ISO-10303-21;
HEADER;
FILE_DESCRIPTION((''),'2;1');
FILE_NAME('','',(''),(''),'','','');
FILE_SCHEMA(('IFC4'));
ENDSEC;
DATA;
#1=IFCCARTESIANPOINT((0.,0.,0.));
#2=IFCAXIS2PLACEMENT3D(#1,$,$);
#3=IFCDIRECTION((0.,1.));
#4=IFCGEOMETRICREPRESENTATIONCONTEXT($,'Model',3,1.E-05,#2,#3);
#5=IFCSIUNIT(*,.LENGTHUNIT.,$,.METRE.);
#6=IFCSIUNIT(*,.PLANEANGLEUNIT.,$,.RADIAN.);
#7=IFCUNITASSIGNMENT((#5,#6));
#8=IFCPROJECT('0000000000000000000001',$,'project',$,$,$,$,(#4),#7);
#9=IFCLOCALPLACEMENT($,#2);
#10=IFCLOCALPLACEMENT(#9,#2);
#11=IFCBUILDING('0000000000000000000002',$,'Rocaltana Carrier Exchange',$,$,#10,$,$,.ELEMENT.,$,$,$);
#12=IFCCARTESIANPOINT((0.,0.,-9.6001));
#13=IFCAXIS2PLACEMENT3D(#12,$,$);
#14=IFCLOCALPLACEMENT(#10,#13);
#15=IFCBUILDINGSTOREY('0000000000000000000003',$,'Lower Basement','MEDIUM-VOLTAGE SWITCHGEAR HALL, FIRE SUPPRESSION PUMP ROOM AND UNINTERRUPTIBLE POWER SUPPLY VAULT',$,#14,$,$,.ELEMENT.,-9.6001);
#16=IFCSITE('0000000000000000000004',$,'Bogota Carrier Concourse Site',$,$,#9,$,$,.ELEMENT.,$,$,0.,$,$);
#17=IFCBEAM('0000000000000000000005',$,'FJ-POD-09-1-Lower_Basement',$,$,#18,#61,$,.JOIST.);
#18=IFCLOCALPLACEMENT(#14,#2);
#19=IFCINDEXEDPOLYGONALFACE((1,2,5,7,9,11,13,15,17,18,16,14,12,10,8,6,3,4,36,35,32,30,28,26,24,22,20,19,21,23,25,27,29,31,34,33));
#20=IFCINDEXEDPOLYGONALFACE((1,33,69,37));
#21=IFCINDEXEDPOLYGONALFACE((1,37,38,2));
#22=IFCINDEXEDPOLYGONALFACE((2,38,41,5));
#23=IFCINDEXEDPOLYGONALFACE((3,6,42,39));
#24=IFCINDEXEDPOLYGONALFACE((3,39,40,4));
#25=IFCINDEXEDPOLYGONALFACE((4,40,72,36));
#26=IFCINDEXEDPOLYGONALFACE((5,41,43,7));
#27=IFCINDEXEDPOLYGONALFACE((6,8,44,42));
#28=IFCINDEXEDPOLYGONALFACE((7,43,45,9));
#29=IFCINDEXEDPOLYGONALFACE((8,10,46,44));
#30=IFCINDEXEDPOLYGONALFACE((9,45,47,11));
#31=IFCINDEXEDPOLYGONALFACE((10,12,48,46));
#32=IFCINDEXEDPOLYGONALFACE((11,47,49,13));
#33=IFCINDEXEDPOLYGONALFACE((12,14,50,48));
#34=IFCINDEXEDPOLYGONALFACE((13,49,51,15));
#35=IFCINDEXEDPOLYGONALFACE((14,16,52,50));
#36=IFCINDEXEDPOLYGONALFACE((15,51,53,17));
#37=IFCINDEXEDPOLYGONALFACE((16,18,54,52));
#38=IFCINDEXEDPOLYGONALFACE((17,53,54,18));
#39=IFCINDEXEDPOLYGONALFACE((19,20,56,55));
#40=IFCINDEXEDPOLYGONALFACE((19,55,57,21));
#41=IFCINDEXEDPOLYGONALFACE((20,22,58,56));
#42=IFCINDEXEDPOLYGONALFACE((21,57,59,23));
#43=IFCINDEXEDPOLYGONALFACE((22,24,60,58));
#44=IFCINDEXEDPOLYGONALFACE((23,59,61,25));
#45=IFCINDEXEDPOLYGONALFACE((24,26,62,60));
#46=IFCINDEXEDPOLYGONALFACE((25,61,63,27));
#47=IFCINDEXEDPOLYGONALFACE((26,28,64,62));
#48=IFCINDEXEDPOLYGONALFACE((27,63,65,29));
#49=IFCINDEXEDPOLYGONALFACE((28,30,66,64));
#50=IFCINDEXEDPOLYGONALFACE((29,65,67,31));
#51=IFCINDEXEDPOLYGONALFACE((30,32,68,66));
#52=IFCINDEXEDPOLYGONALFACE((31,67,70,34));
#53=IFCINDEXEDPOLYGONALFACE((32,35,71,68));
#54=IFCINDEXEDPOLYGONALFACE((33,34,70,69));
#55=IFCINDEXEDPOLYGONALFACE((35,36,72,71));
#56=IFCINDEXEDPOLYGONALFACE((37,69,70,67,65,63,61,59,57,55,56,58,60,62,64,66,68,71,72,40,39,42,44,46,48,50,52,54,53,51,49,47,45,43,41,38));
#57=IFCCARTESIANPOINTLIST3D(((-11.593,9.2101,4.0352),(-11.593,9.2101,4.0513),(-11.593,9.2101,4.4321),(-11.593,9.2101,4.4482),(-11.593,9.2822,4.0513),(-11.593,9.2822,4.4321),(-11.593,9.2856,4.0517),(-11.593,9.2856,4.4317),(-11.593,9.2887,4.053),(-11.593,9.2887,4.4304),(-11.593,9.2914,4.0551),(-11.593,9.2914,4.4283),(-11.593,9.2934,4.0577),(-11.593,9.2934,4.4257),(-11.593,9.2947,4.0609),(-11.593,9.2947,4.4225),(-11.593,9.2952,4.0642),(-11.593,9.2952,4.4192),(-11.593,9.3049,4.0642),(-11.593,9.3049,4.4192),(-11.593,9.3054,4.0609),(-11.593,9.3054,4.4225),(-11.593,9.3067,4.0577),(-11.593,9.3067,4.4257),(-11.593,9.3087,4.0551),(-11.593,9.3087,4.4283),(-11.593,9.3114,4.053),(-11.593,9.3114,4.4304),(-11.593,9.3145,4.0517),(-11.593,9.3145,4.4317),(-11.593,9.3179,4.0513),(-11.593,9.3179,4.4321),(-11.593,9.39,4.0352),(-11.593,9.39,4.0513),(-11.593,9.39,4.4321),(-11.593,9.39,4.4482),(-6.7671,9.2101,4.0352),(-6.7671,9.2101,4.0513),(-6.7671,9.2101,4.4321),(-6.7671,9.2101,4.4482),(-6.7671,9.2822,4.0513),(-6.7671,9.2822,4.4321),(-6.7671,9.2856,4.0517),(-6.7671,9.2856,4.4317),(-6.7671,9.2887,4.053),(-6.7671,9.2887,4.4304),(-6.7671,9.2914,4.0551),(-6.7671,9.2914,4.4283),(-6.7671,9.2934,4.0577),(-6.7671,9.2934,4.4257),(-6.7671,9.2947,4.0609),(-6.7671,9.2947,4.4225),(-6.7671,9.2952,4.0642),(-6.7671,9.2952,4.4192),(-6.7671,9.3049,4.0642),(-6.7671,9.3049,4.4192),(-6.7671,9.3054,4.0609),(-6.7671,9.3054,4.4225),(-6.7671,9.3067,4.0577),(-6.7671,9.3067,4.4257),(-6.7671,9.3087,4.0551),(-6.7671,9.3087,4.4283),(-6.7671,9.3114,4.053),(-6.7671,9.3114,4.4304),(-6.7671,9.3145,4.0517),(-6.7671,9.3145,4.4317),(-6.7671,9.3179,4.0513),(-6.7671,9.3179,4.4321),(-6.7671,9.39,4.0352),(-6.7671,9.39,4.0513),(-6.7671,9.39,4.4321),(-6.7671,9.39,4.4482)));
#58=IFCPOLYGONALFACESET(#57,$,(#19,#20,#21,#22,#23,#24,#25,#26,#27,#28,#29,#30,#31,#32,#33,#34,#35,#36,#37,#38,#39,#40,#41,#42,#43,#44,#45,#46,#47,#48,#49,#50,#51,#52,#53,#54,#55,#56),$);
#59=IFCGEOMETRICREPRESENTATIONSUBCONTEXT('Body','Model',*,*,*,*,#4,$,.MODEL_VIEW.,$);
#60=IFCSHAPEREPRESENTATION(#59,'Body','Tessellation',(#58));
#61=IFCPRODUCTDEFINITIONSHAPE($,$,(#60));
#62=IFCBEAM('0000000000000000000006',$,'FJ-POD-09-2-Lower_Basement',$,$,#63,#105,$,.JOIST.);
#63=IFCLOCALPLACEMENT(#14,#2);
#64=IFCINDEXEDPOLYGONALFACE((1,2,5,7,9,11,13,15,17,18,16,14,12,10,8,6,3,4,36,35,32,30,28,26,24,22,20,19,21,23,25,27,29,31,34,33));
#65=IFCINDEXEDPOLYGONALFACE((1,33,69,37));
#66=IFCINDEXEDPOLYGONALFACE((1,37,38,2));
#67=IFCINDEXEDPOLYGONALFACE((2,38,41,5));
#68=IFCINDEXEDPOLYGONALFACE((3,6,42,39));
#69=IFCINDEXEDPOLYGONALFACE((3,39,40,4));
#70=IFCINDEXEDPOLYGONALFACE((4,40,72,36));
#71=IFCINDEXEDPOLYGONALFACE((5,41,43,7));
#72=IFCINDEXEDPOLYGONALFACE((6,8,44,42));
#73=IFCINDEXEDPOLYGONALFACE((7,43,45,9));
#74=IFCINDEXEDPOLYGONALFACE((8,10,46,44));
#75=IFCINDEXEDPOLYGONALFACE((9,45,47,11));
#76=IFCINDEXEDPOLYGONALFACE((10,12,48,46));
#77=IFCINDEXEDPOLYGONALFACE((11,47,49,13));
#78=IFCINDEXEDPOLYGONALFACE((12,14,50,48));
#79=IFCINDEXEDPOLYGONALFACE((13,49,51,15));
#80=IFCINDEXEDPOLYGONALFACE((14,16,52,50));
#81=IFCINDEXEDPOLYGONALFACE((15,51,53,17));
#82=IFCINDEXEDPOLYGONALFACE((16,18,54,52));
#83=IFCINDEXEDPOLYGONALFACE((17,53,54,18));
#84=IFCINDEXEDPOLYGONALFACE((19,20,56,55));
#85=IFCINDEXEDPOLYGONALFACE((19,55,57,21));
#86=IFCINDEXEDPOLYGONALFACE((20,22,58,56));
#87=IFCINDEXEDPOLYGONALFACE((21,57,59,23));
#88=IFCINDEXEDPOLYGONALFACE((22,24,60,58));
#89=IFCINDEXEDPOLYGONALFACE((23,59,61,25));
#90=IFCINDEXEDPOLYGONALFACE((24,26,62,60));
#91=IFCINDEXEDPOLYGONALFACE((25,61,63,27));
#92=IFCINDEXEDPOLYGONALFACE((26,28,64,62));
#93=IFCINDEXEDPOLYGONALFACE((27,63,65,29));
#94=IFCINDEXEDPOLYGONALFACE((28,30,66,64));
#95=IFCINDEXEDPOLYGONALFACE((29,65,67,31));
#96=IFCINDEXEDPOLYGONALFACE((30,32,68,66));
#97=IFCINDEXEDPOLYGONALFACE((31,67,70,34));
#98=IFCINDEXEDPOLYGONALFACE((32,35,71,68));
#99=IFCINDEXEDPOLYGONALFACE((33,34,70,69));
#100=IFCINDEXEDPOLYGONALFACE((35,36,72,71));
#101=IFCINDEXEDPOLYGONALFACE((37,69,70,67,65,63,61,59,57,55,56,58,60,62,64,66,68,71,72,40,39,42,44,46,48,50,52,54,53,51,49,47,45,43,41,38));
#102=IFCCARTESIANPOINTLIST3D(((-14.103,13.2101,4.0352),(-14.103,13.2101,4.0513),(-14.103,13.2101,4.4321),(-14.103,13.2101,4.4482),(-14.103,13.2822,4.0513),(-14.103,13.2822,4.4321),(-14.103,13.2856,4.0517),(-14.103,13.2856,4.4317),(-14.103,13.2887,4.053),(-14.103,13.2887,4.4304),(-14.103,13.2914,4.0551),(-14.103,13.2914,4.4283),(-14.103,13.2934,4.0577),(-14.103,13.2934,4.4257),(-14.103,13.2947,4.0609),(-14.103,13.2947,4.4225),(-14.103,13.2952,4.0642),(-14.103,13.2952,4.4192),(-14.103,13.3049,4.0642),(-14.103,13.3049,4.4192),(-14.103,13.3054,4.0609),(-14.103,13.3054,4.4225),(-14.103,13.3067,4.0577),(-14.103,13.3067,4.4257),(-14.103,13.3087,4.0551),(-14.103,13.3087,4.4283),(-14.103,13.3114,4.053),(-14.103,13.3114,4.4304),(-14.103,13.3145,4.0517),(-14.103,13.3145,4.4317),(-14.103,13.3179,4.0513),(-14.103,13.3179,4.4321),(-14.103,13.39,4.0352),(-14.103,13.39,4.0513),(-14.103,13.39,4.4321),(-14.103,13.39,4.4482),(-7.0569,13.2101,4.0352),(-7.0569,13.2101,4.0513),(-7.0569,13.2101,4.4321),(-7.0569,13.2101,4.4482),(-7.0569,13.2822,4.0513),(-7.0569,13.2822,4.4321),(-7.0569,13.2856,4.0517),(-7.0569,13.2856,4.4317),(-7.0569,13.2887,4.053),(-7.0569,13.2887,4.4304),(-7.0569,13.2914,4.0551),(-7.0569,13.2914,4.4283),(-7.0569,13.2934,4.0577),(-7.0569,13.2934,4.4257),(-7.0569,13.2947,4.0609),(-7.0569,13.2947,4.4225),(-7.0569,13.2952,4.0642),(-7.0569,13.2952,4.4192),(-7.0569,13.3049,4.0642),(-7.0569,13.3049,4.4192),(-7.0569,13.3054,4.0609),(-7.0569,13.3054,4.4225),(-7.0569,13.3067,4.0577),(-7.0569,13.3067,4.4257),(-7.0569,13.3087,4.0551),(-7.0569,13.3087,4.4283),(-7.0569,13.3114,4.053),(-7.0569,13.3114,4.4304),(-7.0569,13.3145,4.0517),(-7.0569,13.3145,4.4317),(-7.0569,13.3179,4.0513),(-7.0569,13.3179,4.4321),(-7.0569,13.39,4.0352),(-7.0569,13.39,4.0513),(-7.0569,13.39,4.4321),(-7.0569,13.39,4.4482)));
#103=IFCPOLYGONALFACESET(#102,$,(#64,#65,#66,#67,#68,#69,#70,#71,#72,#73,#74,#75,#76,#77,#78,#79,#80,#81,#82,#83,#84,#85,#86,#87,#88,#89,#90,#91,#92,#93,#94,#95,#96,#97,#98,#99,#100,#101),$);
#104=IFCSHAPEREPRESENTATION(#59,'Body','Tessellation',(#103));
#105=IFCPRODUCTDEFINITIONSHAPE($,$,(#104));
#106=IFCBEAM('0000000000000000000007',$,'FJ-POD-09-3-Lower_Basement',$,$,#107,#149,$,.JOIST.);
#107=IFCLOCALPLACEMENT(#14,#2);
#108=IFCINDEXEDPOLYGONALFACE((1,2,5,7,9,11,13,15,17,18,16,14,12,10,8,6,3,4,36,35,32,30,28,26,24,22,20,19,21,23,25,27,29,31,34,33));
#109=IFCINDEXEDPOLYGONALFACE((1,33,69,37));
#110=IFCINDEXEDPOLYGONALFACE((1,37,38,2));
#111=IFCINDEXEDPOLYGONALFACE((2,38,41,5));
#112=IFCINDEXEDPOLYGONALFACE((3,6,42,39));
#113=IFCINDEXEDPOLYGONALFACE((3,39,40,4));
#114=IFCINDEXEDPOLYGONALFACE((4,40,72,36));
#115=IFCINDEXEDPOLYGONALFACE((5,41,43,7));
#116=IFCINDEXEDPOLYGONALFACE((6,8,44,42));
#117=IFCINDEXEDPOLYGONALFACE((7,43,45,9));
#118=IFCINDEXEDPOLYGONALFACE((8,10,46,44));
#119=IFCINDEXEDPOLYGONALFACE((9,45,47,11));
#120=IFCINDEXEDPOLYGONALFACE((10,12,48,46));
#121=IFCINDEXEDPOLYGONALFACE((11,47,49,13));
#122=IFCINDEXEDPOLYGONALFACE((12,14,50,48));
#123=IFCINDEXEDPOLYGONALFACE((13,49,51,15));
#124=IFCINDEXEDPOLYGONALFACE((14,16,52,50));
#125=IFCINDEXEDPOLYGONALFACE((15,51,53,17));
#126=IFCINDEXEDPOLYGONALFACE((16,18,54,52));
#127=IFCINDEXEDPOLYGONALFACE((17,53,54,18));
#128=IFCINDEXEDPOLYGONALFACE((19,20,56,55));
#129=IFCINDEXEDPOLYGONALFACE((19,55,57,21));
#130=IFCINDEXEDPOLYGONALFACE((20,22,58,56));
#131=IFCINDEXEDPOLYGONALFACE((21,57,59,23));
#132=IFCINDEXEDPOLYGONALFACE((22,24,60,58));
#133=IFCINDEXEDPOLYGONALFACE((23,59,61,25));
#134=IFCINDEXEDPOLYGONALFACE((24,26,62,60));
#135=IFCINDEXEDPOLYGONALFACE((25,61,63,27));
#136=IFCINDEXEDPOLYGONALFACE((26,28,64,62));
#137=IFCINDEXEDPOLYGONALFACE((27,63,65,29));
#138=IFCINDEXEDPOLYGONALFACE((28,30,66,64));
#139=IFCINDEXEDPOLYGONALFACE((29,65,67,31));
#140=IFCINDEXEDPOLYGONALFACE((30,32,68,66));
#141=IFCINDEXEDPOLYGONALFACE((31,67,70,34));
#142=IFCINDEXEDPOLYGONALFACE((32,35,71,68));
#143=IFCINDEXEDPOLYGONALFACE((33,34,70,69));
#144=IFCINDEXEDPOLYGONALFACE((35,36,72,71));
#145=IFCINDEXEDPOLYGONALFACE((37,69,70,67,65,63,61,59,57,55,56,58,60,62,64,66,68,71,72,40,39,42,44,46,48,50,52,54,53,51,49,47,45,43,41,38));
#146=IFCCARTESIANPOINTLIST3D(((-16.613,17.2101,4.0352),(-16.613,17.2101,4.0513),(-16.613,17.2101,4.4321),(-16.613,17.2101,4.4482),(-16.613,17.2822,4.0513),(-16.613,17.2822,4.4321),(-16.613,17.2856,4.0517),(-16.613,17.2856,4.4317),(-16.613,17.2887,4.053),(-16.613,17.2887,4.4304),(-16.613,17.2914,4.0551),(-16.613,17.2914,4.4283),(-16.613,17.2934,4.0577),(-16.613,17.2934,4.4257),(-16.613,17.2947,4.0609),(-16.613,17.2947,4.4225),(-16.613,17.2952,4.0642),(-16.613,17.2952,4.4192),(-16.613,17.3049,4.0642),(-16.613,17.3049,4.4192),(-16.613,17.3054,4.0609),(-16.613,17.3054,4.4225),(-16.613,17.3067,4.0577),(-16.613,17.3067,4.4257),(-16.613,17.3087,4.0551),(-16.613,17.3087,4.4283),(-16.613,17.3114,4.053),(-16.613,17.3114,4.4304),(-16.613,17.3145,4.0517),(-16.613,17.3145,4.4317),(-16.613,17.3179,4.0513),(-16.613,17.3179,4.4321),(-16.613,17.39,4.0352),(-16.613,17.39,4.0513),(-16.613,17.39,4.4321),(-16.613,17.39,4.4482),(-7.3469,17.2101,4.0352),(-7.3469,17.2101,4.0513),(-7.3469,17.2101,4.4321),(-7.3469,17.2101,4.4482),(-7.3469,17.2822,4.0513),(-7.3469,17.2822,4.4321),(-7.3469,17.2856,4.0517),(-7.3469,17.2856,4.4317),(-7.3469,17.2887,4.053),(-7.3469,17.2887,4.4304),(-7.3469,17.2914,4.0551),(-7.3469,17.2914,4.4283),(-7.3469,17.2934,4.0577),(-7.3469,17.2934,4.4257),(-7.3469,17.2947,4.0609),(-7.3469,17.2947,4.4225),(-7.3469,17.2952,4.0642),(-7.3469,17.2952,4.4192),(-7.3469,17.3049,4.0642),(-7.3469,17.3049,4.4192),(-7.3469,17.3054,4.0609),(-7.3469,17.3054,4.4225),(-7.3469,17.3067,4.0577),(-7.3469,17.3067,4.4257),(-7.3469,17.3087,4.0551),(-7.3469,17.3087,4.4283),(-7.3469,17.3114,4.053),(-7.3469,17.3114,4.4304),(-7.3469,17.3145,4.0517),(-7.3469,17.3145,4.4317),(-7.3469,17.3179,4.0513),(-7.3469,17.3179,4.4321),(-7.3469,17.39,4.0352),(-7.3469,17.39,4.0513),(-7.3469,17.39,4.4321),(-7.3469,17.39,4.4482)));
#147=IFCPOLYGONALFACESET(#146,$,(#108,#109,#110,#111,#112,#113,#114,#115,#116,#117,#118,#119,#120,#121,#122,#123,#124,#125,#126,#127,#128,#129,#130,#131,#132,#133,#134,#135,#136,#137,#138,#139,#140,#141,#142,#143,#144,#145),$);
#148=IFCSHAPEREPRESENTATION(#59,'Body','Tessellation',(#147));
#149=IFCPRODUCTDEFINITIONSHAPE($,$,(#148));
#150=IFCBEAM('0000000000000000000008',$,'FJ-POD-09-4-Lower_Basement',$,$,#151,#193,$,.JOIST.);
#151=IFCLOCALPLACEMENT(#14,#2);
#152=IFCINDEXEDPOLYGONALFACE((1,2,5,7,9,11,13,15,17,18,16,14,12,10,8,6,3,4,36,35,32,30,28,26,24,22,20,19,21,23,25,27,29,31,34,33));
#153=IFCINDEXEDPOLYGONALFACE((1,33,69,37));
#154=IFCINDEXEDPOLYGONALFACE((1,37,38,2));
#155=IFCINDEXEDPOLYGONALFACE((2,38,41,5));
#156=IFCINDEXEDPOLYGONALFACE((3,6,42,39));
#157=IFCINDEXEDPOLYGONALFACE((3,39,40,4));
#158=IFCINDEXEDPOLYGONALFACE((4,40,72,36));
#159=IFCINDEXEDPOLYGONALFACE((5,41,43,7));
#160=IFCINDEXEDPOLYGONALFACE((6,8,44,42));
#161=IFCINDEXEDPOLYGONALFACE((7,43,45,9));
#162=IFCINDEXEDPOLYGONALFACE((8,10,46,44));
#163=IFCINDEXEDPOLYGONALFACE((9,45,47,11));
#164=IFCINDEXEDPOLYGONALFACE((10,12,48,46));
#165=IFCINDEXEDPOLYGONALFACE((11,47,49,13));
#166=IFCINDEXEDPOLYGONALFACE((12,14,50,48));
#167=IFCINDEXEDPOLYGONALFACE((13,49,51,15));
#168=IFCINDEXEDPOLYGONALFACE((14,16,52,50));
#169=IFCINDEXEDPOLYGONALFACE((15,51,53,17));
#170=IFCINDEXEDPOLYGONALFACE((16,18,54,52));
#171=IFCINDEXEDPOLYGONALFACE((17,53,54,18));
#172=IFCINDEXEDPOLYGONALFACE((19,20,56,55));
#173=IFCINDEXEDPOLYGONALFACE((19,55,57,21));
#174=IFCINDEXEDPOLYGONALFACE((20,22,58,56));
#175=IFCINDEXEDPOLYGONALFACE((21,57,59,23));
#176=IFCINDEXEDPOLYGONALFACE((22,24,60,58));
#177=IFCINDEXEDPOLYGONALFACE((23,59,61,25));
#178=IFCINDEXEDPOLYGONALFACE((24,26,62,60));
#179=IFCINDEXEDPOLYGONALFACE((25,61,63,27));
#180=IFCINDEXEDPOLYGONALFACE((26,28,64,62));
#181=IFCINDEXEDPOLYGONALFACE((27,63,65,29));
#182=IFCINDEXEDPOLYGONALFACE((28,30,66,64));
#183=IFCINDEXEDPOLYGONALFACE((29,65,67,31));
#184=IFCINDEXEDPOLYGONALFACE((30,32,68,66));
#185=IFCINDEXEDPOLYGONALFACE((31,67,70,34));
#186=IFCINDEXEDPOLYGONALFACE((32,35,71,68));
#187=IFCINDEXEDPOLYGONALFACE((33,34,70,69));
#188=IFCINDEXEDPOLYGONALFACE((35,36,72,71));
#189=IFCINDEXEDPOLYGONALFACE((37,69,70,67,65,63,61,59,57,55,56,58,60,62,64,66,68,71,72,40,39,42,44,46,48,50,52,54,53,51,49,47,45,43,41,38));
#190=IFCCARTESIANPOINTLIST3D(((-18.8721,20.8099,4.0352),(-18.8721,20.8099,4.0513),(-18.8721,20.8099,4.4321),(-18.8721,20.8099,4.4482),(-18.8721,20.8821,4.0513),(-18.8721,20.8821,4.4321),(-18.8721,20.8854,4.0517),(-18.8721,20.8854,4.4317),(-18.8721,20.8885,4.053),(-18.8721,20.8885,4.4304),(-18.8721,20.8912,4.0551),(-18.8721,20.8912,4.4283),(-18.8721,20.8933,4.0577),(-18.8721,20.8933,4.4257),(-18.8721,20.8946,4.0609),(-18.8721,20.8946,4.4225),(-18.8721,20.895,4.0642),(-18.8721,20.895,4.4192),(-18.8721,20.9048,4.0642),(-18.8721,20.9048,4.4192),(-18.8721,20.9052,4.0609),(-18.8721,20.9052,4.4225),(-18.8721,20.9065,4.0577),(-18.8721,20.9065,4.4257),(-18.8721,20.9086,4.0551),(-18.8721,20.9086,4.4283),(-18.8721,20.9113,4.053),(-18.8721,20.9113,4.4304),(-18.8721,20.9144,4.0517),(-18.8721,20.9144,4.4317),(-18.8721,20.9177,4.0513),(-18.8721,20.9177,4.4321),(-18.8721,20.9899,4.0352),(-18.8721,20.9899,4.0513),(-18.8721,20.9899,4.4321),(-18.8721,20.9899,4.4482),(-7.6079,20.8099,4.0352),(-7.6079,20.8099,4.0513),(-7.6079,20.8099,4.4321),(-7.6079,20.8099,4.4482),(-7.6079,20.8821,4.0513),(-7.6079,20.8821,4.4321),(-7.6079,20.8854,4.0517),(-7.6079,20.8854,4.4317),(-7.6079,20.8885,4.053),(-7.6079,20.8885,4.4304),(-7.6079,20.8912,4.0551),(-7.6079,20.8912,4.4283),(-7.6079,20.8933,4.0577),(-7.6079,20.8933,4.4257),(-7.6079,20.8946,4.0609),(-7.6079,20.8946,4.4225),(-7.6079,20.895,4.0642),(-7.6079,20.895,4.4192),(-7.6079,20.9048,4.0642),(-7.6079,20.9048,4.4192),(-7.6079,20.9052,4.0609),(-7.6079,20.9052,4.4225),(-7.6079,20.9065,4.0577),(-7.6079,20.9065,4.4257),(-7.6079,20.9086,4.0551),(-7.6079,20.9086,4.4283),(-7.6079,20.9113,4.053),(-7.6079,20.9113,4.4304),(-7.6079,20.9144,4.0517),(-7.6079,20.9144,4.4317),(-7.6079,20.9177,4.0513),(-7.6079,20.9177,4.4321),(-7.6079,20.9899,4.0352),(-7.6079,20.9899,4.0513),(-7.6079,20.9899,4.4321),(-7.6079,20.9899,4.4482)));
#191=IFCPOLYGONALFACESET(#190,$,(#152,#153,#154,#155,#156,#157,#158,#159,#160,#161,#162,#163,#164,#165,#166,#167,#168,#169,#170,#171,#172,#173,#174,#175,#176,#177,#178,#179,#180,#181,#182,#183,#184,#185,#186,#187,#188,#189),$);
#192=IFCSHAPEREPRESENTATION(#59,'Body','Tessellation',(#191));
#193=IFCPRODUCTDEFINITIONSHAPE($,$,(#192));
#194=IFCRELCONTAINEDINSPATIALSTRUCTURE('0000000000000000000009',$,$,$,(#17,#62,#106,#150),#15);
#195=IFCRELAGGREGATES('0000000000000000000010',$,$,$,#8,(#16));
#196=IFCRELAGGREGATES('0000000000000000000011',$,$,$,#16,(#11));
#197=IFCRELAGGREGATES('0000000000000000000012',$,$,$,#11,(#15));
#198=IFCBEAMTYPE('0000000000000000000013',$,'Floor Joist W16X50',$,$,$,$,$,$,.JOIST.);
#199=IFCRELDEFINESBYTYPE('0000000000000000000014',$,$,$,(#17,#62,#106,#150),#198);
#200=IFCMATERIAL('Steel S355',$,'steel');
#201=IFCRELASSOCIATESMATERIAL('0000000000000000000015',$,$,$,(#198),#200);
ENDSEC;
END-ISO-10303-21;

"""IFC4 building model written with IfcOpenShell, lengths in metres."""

from ifc_helpers import new_model, si_unit, direction, frame, origin, origin_2d, place, context, subcontext, project, spatial, i_section, extrude, material, material_profile, profile_set, type_object, element, save


model = new_model("IFC4")

# Units and contexts
model_context = context("Model", 3, precision=1e-05, world=origin(), true_north=direction((0.0, 1.0)))
body_context = subcontext(model_context, "Body", "Model", "MODEL_VIEW")
ifc_project = project(units=[si_unit("LENGTHUNIT", "METRE"), si_unit("PLANEANGLEUNIT", "RADIAN")], contexts=[model_context])

# Site, building, storey
site_placement = place(None, origin())
site = spatial("IfcSite", under=ifc_project, at=site_placement, Name="Bogota Carrier Concourse Site", CompositionType="ELEMENT", RefElevation=0.0)
building_placement = place(site_placement, origin())
building = spatial("IfcBuilding", under=site, at=building_placement, Name="Rocaltana Carrier Exchange", CompositionType="ELEMENT")
storey_placement = place(building_placement, frame((0.0, 0.0, -9.6001)))
storey = spatial("IfcBuildingStorey", under=building, at=storey_placement, Name="Lower Basement", Description="MEDIUM-VOLTAGE SWITCHGEAR HALL, FIRE SUPPRESSION PUMP ROOM AND UNINTERRUPTIBLE POWER SUPPLY VAULT", CompositionType="ELEMENT", Elevation=-9.6001)

# Beams
ifc_material_1 = material(Name="Steel S355", Category="steel")
ifc_material_profile_1 = material_profile(ifc_material_1, i_section(OverallWidth=0.1799, OverallDepth=0.4131, WebThickness=0.0098, FlangeThickness=0.0161, FilletRadius=0.0129, at=origin_2d()), Name="W16X50")
ifc_profile_set_1 = profile_set([ifc_material_profile_1], Name="Steel S355")
beam_type_1 = type_object("IfcBeamType", Name="Floor Joist W16X50", PredefinedType="JOIST", material=ifc_profile_set_1)
beam_1_placement = place(storey_placement, frame((-6.7671, 9.3, 4.2417), z_axis=(-1.0, 0.0, 0.0), x_axis=(0.0, -1.0, 0.0)))
element("IfcBeam", 1, at=beam_1_placement, inside=storey, type_object=beam_type_1, Name="FJ-POD-09-1-Lower_Basement", PredefinedType="JOIST", context=body_context, shape_type="SweptSolid", body=[
    extrude(i_section(OverallWidth=0.1799, OverallDepth=0.4131, WebThickness=0.0098, FlangeThickness=0.0161, FilletRadius=0.0129, at=origin_2d()), origin(), (0.0, 0.0, 1.0), 4.8259),
])
beam_2_placement = place(storey_placement, frame((-7.0569, 13.3, 4.2417), z_axis=(-1.0, 0.0, 0.0), x_axis=(0.0, -1.0, 0.0)))
element("IfcBeam", 2, at=beam_2_placement, inside=storey, type_object=beam_type_1, Name="FJ-POD-09-2-Lower_Basement", PredefinedType="JOIST", context=body_context, shape_type="SweptSolid", body=[
    extrude(i_section(OverallWidth=0.1799, OverallDepth=0.4131, WebThickness=0.0098, FlangeThickness=0.0161, FilletRadius=0.0129, at=origin_2d()), origin(), (0.0, 0.0, 1.0), 7.0461),
])
beam_3_placement = place(storey_placement, frame((-7.3469, 17.3, 4.2417), z_axis=(-1.0, 0.0, 0.0), x_axis=(0.0, -1.0, 0.0)))
element("IfcBeam", 3, at=beam_3_placement, inside=storey, type_object=beam_type_1, Name="FJ-POD-09-3-Lower_Basement", PredefinedType="JOIST", context=body_context, shape_type="SweptSolid", body=[
    extrude(i_section(OverallWidth=0.1799, OverallDepth=0.4131, WebThickness=0.0098, FlangeThickness=0.0161, FilletRadius=0.0129, at=origin_2d()), origin(), (0.0, 0.0, 1.0), 9.2661),
])
beam_4_placement = place(storey_placement, frame((-7.6079, 20.8999, 4.2417), z_axis=(-1.0, 0.0, 0.0), x_axis=(0.0, -1.0, 0.0)))
element("IfcBeam", 4, at=beam_4_placement, inside=storey, type_object=beam_type_1, Name="FJ-POD-09-4-Lower_Basement", PredefinedType="JOIST", context=body_context, shape_type="SweptSolid", body=[
    extrude(i_section(OverallWidth=0.1799, OverallDepth=0.4131, WebThickness=0.0098, FlangeThickness=0.0161, FilletRadius=0.0129, at=origin_2d()), origin(), (0.0, 0.0, 1.0), 11.2642),
])

save(model, "model.ifc")
